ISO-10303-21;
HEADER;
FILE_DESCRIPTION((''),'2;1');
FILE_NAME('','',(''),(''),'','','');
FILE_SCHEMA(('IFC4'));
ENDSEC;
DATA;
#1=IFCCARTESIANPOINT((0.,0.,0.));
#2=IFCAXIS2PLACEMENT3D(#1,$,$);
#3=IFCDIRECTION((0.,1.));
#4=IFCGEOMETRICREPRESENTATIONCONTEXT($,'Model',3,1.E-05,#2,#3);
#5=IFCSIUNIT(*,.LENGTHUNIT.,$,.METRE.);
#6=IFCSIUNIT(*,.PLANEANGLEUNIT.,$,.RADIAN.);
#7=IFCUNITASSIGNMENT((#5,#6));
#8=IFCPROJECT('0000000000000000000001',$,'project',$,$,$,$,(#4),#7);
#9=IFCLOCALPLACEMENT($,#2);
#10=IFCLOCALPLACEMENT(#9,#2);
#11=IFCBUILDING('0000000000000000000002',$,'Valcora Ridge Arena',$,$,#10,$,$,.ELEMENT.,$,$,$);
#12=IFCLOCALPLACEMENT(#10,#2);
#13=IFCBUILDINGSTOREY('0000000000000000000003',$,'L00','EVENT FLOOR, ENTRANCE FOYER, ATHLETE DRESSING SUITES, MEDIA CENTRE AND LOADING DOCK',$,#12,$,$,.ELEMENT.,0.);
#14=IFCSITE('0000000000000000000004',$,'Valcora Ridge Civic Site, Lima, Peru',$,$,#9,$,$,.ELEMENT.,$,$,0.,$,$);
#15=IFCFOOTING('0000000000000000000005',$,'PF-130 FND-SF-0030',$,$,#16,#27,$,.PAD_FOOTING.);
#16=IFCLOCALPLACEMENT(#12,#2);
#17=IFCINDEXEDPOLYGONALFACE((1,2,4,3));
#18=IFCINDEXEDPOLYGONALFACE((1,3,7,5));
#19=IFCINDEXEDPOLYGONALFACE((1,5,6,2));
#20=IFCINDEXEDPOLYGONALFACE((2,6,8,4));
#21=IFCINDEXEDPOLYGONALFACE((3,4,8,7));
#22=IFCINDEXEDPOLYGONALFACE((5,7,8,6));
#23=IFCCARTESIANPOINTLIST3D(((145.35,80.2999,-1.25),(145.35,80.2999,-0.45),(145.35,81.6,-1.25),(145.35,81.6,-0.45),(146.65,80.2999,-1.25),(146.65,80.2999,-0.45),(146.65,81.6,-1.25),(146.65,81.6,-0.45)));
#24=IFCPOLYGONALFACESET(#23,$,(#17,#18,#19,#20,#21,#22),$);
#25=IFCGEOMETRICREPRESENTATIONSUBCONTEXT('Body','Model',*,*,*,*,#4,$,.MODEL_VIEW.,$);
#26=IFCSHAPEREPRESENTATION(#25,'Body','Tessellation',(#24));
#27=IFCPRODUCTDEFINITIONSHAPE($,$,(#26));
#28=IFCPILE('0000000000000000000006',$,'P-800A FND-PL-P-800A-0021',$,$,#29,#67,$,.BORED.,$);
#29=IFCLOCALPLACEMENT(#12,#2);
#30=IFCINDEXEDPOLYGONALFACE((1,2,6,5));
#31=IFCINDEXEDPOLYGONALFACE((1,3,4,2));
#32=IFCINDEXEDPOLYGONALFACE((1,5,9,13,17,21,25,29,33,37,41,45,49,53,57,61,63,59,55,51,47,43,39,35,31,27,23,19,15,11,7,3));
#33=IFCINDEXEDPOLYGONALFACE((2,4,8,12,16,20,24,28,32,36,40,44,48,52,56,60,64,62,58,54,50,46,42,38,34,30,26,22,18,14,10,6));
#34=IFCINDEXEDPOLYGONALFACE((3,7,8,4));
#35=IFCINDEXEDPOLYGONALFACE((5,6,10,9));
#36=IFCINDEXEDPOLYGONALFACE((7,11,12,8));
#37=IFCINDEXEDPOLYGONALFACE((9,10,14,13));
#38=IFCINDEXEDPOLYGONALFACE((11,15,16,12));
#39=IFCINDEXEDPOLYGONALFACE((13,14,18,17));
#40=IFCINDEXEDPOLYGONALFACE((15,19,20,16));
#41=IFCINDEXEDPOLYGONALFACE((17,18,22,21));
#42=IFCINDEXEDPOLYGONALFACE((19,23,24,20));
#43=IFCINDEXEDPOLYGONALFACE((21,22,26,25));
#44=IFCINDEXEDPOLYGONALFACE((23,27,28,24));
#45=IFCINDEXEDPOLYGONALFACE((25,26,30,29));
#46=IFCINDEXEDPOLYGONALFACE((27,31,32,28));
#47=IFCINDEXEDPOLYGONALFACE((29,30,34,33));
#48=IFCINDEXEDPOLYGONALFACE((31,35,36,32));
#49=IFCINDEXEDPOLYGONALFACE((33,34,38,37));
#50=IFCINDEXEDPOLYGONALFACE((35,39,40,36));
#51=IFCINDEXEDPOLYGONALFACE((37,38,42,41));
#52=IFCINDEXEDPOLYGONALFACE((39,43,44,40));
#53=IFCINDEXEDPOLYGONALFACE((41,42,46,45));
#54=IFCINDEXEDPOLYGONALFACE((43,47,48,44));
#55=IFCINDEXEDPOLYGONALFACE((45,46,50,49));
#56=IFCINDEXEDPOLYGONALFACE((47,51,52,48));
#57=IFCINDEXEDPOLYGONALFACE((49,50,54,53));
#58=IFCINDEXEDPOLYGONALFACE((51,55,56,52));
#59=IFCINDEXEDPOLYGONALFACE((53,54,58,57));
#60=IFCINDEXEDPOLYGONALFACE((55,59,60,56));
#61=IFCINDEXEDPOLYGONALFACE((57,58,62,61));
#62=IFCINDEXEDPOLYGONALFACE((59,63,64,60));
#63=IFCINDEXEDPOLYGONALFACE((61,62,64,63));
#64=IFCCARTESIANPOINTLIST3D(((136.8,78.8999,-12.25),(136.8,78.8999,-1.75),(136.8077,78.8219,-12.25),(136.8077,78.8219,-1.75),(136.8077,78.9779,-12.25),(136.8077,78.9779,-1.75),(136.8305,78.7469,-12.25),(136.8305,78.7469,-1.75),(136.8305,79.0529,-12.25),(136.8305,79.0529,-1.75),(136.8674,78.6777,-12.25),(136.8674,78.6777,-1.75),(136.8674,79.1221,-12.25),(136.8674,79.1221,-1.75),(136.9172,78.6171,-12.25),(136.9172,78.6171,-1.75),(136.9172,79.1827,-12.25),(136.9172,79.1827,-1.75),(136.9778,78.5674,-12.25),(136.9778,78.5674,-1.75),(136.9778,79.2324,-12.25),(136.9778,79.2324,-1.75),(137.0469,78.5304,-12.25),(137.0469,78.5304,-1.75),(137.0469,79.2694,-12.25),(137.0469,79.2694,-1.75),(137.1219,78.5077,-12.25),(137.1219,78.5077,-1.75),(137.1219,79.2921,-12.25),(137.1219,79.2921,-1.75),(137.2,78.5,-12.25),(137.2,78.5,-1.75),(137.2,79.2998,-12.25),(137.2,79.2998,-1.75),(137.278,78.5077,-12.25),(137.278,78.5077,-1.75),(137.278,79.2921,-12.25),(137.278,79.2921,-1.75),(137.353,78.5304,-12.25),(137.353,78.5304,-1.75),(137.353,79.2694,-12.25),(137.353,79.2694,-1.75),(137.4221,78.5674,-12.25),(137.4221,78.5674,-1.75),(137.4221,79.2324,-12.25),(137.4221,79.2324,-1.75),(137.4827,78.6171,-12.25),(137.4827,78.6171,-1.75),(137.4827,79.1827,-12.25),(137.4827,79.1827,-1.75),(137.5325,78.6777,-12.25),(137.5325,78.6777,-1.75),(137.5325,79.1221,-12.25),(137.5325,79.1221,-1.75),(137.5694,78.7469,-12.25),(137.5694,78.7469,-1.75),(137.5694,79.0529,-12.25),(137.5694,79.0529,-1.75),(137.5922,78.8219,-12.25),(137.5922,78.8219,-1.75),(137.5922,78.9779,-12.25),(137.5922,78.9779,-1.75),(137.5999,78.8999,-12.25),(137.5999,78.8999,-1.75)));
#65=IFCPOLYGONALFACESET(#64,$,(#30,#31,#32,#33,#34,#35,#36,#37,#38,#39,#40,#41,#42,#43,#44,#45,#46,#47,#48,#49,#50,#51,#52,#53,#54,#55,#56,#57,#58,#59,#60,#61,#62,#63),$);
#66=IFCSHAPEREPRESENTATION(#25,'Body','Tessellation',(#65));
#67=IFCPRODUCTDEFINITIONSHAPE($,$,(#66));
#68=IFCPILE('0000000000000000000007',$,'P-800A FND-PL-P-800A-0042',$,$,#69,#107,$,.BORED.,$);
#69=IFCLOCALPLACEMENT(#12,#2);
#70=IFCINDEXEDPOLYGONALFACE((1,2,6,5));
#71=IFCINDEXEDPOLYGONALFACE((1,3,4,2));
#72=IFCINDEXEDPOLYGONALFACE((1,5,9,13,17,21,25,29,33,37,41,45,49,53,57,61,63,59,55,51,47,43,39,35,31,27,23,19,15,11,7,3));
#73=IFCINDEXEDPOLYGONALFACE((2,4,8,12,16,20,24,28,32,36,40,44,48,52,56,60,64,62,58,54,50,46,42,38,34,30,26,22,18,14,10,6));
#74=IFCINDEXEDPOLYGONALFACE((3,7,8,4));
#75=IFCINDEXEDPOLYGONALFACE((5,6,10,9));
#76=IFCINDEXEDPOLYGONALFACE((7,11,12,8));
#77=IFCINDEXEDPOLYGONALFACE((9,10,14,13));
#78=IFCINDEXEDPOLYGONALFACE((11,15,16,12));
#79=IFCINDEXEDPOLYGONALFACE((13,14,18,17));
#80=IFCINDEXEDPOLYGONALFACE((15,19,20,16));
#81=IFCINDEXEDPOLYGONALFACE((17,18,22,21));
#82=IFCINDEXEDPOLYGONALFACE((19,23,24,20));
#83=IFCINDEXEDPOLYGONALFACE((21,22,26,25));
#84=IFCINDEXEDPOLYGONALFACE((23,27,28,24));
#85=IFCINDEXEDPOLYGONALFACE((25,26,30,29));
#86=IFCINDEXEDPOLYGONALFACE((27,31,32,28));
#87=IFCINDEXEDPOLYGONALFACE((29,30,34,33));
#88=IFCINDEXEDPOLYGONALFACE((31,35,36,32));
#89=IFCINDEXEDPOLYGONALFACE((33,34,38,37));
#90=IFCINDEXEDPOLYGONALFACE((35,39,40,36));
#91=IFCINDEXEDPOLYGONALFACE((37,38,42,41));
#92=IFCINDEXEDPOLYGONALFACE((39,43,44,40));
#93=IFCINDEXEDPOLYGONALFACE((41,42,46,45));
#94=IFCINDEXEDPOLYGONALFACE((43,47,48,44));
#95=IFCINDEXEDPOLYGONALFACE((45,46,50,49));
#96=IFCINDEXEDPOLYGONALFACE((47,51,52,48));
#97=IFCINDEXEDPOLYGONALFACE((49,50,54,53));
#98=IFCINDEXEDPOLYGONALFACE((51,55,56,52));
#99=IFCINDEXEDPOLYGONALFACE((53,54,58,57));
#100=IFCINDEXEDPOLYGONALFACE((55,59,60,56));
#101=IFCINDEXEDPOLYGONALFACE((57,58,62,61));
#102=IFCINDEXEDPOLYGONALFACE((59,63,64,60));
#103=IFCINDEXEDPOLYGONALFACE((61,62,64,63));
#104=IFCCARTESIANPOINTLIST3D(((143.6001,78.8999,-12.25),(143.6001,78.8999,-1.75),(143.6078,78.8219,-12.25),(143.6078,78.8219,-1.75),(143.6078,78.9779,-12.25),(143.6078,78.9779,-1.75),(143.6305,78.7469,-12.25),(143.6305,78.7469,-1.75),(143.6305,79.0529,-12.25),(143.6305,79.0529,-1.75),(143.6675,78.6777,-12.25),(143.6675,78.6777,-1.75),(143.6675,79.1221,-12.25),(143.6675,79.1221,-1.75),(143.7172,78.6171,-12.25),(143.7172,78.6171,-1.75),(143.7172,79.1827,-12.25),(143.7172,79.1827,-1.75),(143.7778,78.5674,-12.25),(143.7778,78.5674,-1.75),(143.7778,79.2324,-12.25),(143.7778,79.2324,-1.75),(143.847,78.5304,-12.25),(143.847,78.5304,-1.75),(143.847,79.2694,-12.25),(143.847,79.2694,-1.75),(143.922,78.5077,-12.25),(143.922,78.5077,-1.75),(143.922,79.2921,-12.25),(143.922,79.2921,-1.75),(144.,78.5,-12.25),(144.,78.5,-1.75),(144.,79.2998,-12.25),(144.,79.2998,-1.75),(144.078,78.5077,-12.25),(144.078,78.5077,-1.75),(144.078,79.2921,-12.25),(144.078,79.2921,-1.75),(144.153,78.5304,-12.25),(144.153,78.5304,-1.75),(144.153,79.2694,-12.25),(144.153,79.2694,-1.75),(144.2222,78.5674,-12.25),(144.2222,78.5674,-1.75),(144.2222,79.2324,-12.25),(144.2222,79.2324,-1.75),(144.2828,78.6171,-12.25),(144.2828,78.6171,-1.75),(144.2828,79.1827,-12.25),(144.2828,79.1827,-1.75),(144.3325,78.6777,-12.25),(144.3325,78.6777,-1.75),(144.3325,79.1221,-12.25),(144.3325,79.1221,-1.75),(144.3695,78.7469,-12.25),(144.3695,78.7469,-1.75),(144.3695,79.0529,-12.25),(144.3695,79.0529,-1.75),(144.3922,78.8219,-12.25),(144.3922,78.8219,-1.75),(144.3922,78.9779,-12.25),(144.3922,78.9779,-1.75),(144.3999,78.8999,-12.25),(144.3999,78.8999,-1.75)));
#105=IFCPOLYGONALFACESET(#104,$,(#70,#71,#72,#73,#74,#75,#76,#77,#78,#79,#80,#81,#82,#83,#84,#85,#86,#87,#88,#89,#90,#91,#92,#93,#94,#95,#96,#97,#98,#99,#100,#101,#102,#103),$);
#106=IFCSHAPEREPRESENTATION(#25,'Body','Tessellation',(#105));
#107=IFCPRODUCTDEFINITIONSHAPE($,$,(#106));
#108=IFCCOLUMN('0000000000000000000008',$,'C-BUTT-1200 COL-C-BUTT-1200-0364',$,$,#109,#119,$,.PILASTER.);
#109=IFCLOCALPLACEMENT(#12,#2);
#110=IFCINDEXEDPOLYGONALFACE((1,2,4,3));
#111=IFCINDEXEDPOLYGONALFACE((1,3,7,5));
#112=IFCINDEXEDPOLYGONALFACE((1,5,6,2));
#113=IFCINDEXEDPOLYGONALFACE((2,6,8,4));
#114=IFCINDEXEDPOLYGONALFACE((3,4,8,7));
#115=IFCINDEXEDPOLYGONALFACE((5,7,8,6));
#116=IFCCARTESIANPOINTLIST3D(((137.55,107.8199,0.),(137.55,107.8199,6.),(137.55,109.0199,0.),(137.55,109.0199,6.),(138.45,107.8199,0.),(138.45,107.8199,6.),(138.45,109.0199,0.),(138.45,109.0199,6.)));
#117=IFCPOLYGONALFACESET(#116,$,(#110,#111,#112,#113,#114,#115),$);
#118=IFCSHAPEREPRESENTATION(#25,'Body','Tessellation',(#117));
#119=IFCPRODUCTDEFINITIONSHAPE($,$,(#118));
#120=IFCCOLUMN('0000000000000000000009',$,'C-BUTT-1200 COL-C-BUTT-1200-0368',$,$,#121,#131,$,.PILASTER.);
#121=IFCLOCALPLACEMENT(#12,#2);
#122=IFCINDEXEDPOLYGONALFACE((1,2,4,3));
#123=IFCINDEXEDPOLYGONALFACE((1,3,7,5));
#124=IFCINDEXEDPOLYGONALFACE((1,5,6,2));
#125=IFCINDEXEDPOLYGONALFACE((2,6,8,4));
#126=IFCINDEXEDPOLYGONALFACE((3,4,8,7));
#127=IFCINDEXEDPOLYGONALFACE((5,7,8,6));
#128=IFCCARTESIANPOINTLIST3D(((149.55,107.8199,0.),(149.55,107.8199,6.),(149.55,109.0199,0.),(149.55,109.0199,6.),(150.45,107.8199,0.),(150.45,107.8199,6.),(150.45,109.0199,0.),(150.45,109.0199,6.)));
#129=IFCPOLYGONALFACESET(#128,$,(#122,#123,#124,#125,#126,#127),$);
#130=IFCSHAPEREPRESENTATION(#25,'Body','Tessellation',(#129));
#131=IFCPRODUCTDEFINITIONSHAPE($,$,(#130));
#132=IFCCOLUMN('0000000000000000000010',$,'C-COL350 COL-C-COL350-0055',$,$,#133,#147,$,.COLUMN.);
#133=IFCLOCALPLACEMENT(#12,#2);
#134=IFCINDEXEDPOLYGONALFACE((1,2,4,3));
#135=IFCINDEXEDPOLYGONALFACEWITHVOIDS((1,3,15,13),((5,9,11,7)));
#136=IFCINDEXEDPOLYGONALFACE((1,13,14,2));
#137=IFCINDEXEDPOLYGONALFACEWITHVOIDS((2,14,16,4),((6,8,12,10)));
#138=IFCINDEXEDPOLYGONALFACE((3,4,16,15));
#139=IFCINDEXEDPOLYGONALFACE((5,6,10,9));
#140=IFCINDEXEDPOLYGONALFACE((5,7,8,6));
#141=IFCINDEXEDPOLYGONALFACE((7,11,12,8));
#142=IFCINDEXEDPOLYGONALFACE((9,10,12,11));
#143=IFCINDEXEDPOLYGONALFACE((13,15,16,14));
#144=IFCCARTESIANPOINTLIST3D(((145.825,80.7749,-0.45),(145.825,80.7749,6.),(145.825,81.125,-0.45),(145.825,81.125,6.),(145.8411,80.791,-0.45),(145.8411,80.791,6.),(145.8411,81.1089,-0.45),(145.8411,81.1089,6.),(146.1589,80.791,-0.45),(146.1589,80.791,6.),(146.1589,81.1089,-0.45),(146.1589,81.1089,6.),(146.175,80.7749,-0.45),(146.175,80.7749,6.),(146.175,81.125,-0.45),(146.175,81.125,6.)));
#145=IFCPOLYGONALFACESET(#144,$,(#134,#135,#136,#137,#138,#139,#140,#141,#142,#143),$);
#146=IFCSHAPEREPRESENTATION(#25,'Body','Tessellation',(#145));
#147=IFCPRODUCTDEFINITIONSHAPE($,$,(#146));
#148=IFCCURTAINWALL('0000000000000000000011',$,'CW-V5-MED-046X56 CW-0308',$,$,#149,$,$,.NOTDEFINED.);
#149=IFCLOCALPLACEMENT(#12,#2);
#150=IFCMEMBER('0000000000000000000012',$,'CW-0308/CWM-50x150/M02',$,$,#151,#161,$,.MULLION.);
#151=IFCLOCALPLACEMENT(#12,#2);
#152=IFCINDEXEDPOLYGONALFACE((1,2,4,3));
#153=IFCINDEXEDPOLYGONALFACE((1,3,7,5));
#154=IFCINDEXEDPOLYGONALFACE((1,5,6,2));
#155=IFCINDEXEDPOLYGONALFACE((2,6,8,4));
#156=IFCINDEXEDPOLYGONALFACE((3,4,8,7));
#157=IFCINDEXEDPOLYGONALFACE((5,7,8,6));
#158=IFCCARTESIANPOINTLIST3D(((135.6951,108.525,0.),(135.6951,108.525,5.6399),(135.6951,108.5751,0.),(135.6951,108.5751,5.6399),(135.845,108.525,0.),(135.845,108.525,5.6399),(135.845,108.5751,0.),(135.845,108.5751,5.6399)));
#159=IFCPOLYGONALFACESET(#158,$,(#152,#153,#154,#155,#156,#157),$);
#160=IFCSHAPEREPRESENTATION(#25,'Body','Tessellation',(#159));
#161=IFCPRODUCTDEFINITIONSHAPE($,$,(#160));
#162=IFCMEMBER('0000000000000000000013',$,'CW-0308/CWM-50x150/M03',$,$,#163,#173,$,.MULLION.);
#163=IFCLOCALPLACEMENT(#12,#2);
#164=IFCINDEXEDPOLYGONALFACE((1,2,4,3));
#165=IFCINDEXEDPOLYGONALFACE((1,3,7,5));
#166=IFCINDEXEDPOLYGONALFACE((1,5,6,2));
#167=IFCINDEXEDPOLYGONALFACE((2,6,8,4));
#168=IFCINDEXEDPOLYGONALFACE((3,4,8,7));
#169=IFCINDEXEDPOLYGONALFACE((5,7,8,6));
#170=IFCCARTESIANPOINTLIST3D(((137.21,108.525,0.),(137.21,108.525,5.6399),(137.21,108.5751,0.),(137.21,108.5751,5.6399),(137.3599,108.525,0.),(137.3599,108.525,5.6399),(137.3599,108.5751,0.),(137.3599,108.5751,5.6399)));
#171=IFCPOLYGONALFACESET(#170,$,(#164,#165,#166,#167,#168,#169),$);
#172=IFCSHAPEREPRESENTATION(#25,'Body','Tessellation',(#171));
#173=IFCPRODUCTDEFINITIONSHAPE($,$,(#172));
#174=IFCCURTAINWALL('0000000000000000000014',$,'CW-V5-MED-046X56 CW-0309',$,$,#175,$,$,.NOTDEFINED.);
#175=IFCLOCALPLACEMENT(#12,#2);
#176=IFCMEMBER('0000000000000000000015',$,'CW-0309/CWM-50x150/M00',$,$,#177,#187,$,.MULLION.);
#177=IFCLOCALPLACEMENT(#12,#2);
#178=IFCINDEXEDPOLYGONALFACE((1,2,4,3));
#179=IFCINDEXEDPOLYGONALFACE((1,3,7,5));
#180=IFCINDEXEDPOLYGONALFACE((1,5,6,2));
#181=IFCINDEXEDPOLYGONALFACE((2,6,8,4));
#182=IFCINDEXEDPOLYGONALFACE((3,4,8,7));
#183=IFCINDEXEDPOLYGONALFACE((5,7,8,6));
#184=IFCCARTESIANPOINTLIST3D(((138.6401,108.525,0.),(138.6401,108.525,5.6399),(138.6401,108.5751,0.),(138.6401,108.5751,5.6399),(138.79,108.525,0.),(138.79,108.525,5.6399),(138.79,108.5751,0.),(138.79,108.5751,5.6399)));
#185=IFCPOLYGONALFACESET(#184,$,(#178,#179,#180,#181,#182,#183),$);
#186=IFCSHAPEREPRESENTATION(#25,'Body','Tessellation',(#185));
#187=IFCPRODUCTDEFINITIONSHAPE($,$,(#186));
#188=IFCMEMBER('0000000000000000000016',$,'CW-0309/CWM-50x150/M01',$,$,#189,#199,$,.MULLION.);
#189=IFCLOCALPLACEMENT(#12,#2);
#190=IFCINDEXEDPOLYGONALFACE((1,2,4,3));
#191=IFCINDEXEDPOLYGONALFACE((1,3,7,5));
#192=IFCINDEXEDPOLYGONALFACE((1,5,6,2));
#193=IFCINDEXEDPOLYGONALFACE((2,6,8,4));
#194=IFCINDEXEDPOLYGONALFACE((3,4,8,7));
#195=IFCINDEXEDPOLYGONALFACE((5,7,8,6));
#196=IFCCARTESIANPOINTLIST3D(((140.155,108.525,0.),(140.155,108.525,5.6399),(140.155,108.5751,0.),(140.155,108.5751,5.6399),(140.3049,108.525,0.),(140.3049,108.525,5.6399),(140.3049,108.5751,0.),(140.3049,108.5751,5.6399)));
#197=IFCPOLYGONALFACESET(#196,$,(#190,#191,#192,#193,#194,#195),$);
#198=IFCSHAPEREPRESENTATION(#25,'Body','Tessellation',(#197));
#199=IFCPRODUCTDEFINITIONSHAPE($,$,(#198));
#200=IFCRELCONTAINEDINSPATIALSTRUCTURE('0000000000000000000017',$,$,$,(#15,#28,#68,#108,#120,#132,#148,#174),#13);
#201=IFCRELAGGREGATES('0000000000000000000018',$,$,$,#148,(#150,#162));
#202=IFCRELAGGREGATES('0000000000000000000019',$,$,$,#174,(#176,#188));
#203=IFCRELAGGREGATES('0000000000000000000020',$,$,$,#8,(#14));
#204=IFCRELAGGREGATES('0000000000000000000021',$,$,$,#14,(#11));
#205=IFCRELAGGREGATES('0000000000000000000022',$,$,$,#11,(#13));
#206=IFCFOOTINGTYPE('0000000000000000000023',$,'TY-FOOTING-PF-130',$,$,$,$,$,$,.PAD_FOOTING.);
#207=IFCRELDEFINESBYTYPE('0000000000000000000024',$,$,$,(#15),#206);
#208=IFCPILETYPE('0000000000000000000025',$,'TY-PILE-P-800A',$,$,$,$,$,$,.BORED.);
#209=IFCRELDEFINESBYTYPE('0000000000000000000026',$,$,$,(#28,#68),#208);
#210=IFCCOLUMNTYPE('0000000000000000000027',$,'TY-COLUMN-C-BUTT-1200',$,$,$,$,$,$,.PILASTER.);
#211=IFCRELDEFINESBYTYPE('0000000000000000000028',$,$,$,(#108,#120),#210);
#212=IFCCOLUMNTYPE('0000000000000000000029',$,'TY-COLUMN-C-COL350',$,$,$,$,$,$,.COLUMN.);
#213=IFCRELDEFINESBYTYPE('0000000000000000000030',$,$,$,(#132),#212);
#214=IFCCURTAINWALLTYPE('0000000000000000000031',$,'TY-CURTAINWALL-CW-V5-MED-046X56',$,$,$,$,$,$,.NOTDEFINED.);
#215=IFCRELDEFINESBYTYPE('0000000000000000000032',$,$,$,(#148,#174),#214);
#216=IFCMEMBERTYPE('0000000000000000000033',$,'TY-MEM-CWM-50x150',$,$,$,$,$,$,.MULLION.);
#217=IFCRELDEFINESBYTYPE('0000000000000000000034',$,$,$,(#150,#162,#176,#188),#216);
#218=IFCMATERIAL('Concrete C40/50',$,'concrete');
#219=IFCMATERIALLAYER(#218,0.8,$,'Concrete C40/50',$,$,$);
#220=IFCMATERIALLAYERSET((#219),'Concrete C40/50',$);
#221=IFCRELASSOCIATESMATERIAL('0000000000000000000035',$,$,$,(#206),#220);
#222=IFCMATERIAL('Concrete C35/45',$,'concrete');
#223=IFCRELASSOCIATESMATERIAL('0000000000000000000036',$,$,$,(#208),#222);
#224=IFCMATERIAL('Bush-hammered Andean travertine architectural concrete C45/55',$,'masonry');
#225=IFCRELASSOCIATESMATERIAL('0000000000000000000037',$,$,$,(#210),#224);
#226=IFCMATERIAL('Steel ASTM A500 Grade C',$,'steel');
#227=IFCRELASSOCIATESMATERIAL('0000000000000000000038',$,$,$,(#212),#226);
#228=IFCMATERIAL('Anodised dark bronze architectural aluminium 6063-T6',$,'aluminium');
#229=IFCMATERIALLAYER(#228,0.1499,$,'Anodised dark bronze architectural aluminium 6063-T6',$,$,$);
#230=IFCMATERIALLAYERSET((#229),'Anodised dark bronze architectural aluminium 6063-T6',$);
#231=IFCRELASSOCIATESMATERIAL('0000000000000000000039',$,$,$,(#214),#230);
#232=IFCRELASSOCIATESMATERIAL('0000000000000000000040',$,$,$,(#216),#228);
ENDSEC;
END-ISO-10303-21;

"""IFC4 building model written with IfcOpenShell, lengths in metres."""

from ifc_helpers import new_model, si_unit, direction, frame, origin, origin_2d, place, context, subcontext, project, spatial, rectangle, hollow_rectangle, circle, extrude, material, layer, layer_set, material_profile, profile_set, type_object, element, aggregate, save


model = new_model("IFC4")

# Units and contexts
model_context = context("Model", 3, precision=1e-05, world=origin(), true_north=direction((0.0, 1.0)))
body_context = subcontext(model_context, "Body", "Model", "MODEL_VIEW")
ifc_project = project(units=[si_unit("LENGTHUNIT", "METRE"), si_unit("PLANEANGLEUNIT", "RADIAN")], contexts=[model_context])

# Site, building, storey
site_placement = place(None, origin())
site = spatial("IfcSite", under=ifc_project, at=site_placement, Name="Valcora Ridge Civic Site, Lima, Peru", CompositionType="ELEMENT", RefElevation=0.0)
building_placement = place(site_placement, origin())
building = spatial("IfcBuilding", under=site, at=building_placement, Name="Valcora Ridge Arena", CompositionType="ELEMENT")
storey_placement = place(building_placement, origin())
storey = spatial("IfcBuildingStorey", under=building, at=storey_placement, Name="L00", Description="EVENT FLOOR, ENTRANCE FOYER, ATHLETE DRESSING SUITES, MEDIA CENTRE AND LOADING DOCK", CompositionType="ELEMENT", Elevation=0.0)

# Footing
ifc_material_1 = material(Name="Concrete C40/50", Category="concrete")
ifc_layer_1 = layer(ifc_material_1, 0.8, Name="Concrete C40/50")
ifc_layer_set_1 = layer_set([ifc_layer_1], Name="Concrete C40/50")
footing_type = type_object("IfcFootingType", Name="TY-FOOTING-PF-130", PredefinedType="PAD_FOOTING", material=ifc_layer_set_1)
footing_placement = place(storey_placement, frame((146.0, 80.95, -1.25), z_axis=(0.0, 0.0, 1.0), x_axis=(1.0, 0.0, 0.0)))
element("IfcFooting", 1, at=footing_placement, inside=storey, type_object=footing_type, Name="PF-130 FND-SF-0030", PredefinedType="PAD_FOOTING", context=body_context, shape_type="SweptSolid", body=[
    extrude(rectangle(XDim=1.3, YDim=1.3, at=origin_2d()), origin(), (0.0, 0.0, 1.0), 0.8),
])

# Piles
ifc_material_2 = material(Name="Concrete C35/45", Category="concrete")
ifc_material_profile_1 = material_profile(ifc_material_2, circle(Radius=0.3999, at=origin_2d()), Name="BORED PILE D800")
ifc_profile_set_1 = profile_set([ifc_material_profile_1], Name="Concrete C35/45")
pile_type = type_object("IfcPileType", Name="TY-PILE-P-800A", PredefinedType="BORED", material=ifc_profile_set_1)
for number, where, z_axis, x_axis, name in (
    (2, (137.2, 78.8999, -1.75), (0.0, 0.0, -1.0), (1.0, 0.0, 0.0), "P-800A FND-PL-P-800A-0021"),
    (3, (144.0, 78.8999, -1.75), (0.0, 0.0, -1.0), (1.0, 0.0, 0.0), "P-800A FND-PL-P-800A-0042"),
):
    element("IfcPile", number, at=place(storey_placement, frame(where, z_axis=z_axis, x_axis=x_axis)), inside=storey, type_object=pile_type, Name=name, PredefinedType="BORED", context=body_context, shape_type="SweptSolid", body=[
        extrude(circle(Radius=0.3999, at=origin_2d()), origin(), (0.0, 0.0, 1.0), 10.5),
    ])

# Columns
ifc_material_3 = material(Name="Bush-hammered Andean travertine architectural concrete C45/55", Category="masonry")
ifc_material_profile_2 = material_profile(ifc_material_3, rectangle(XDim=0.8999, YDim=1.2, at=origin_2d()), Name="RC 900x1200")
ifc_profile_set_2 = profile_set([ifc_material_profile_2], Name="Bush-hammered Andean travertine architectural concrete C45/55")
column_type_1 = type_object("IfcColumnType", Name="TY-COLUMN-C-BUTT-1200", PredefinedType="PILASTER", material=ifc_profile_set_2)
for number, where, z_axis, x_axis, name in (
    (4, (138.0, 108.4199, 0.0), (0.0, 0.0, 1.0), (1.0, 0.0, 0.0), "C-BUTT-1200 COL-C-BUTT-1200-0364"),
    (5, (150.0, 108.4199, 0.0), (0.0, 0.0, 1.0), (1.0, 0.0, 0.0), "C-BUTT-1200 COL-C-BUTT-1200-0368"),
):
    element("IfcColumn", number, at=place(storey_placement, frame(where, z_axis=z_axis, x_axis=x_axis)), inside=storey, type_object=column_type_1, Name=name, PredefinedType="PILASTER", context=body_context, shape_type="SweptSolid", body=[
        extrude(rectangle(XDim=0.8999, YDim=1.2, at=origin_2d()), origin(), (0.0, 0.0, 1.0), 6.0),
    ])
ifc_material_4 = material(Name="Steel ASTM A500 Grade C", Category="steel")
ifc_material_profile_3 = material_profile(ifc_material_4, hollow_rectangle(XDim=0.3501, YDim=0.3501, WallThickness=0.0161, at=origin_2d()), Name="HSS350X350X16")
ifc_profile_set_3 = profile_set([ifc_material_profile_3], Name="Steel ASTM A500 Grade C")
column_type_2 = type_object("IfcColumnType", Name="TY-COLUMN-C-COL350", PredefinedType="COLUMN", material=ifc_profile_set_3)
column_placement = place(storey_placement, frame((146.0, 80.95, -0.45), z_axis=(0.0, 0.0, 1.0), x_axis=(1.0, 0.0, 0.0)))
element("IfcColumn", 6, at=column_placement, inside=storey, type_object=column_type_2, Name="C-COL350 COL-C-COL350-0055", PredefinedType="COLUMN", context=body_context, shape_type="SweptSolid", body=[
    extrude(hollow_rectangle(XDim=0.3501, YDim=0.3501, WallThickness=0.0161, at=origin_2d()), origin(), (0.0, 0.0, 1.0), 6.45),
])

# Curtain walls, members
ifc_material_5 = material(Name="Anodised dark bronze architectural aluminium 6063-T6", Category="aluminium")
ifc_layer_2 = layer(ifc_material_5, 0.1499, Name="Anodised dark bronze architectural aluminium 6063-T6")
ifc_layer_set_2 = layer_set([ifc_layer_2], Name="Anodised dark bronze architectural aluminium 6063-T6")
curtain_wall_type_1 = type_object("IfcCurtainWallType", Name="TY-CURTAINWALL-CW-V5-MED-046X56", PredefinedType="NOTDEFINED", material=ifc_layer_set_2)
curtain_wall_1_placement = place(storey_placement, origin())
curtain_wall_1 = element("IfcCurtainWall", 7, at=curtain_wall_1_placement, inside=storey, type_object=curtain_wall_type_1, Name="CW-V5-MED-046X56 CW-0308", PredefinedType="NOTDEFINED")
ifc_material_profile_4 = material_profile(ifc_material_5, rectangle(XDim=0.05, YDim=0.1499, at=origin_2d()), Name="ALU MULLION 50x150")
ifc_profile_set_4 = profile_set([ifc_material_profile_4], Name="Anodised dark bronze architectural aluminium 6063-T6")
member_type_1 = type_object("IfcMemberType", Name="TY-MEM-CWM-50x150", PredefinedType="MULLION", material=ifc_profile_set_4)
member_1_placement = place(storey_placement, frame((135.77, 108.55, 0.0), z_axis=(0.0, 0.0, 1.0), x_axis=(0.0, 1.0, 0.0)))
member_1 = element("IfcMember", 8, at=member_1_placement, type_object=member_type_1, Name="CW-0308/CWM-50x150/M02", PredefinedType="MULLION", context=body_context, shape_type="SweptSolid", body=[
    extrude(rectangle(XDim=0.05, YDim=0.1499, at=origin_2d()), origin(), (0.0, 0.0, 1.0), 5.6399),
])
member_2_placement = place(storey_placement, frame((137.2849, 108.55, 0.0), z_axis=(0.0, 0.0, 1.0), x_axis=(0.0, 1.0, 0.0)))
member_2 = element("IfcMember", 9, at=member_2_placement, type_object=member_type_1, Name="CW-0308/CWM-50x150/M03", PredefinedType="MULLION", context=body_context, shape_type="SweptSolid", body=[
    extrude(rectangle(XDim=0.05, YDim=0.1499, at=origin_2d()), origin(), (0.0, 0.0, 1.0), 5.6399),
])
curtain_wall_2_placement = place(storey_placement, origin())
curtain_wall_2 = element("IfcCurtainWall", 10, at=curtain_wall_2_placement, inside=storey, type_object=curtain_wall_type_1, Name="CW-V5-MED-046X56 CW-0309", PredefinedType="NOTDEFINED")
member_3_placement = place(storey_placement, frame((138.7151, 108.55, 0.0), z_axis=(0.0, 0.0, 1.0), x_axis=(0.0, 1.0, 0.0)))
member_3 = element("IfcMember", 11, at=member_3_placement, type_object=member_type_1, Name="CW-0309/CWM-50x150/M00", PredefinedType="MULLION", context=body_context, shape_type="SweptSolid", body=[
    extrude(rectangle(XDim=0.05, YDim=0.1499, at=origin_2d()), origin(), (0.0, 0.0, 1.0), 5.6399),
])
member_4_placement = place(storey_placement, frame((140.23, 108.55, 0.0), z_axis=(0.0, 0.0, 1.0), x_axis=(0.0, 1.0, 0.0)))
member_4 = element("IfcMember", 12, at=member_4_placement, type_object=member_type_1, Name="CW-0309/CWM-50x150/M01", PredefinedType="MULLION", context=body_context, shape_type="SweptSolid", body=[
    extrude(rectangle(XDim=0.05, YDim=0.1499, at=origin_2d()), origin(), (0.0, 0.0, 1.0), 5.6399),
])

aggregate(curtain_wall_1, [member_1, member_2])
aggregate(curtain_wall_2, [member_3, member_4])

save(model, "model.ifc")
